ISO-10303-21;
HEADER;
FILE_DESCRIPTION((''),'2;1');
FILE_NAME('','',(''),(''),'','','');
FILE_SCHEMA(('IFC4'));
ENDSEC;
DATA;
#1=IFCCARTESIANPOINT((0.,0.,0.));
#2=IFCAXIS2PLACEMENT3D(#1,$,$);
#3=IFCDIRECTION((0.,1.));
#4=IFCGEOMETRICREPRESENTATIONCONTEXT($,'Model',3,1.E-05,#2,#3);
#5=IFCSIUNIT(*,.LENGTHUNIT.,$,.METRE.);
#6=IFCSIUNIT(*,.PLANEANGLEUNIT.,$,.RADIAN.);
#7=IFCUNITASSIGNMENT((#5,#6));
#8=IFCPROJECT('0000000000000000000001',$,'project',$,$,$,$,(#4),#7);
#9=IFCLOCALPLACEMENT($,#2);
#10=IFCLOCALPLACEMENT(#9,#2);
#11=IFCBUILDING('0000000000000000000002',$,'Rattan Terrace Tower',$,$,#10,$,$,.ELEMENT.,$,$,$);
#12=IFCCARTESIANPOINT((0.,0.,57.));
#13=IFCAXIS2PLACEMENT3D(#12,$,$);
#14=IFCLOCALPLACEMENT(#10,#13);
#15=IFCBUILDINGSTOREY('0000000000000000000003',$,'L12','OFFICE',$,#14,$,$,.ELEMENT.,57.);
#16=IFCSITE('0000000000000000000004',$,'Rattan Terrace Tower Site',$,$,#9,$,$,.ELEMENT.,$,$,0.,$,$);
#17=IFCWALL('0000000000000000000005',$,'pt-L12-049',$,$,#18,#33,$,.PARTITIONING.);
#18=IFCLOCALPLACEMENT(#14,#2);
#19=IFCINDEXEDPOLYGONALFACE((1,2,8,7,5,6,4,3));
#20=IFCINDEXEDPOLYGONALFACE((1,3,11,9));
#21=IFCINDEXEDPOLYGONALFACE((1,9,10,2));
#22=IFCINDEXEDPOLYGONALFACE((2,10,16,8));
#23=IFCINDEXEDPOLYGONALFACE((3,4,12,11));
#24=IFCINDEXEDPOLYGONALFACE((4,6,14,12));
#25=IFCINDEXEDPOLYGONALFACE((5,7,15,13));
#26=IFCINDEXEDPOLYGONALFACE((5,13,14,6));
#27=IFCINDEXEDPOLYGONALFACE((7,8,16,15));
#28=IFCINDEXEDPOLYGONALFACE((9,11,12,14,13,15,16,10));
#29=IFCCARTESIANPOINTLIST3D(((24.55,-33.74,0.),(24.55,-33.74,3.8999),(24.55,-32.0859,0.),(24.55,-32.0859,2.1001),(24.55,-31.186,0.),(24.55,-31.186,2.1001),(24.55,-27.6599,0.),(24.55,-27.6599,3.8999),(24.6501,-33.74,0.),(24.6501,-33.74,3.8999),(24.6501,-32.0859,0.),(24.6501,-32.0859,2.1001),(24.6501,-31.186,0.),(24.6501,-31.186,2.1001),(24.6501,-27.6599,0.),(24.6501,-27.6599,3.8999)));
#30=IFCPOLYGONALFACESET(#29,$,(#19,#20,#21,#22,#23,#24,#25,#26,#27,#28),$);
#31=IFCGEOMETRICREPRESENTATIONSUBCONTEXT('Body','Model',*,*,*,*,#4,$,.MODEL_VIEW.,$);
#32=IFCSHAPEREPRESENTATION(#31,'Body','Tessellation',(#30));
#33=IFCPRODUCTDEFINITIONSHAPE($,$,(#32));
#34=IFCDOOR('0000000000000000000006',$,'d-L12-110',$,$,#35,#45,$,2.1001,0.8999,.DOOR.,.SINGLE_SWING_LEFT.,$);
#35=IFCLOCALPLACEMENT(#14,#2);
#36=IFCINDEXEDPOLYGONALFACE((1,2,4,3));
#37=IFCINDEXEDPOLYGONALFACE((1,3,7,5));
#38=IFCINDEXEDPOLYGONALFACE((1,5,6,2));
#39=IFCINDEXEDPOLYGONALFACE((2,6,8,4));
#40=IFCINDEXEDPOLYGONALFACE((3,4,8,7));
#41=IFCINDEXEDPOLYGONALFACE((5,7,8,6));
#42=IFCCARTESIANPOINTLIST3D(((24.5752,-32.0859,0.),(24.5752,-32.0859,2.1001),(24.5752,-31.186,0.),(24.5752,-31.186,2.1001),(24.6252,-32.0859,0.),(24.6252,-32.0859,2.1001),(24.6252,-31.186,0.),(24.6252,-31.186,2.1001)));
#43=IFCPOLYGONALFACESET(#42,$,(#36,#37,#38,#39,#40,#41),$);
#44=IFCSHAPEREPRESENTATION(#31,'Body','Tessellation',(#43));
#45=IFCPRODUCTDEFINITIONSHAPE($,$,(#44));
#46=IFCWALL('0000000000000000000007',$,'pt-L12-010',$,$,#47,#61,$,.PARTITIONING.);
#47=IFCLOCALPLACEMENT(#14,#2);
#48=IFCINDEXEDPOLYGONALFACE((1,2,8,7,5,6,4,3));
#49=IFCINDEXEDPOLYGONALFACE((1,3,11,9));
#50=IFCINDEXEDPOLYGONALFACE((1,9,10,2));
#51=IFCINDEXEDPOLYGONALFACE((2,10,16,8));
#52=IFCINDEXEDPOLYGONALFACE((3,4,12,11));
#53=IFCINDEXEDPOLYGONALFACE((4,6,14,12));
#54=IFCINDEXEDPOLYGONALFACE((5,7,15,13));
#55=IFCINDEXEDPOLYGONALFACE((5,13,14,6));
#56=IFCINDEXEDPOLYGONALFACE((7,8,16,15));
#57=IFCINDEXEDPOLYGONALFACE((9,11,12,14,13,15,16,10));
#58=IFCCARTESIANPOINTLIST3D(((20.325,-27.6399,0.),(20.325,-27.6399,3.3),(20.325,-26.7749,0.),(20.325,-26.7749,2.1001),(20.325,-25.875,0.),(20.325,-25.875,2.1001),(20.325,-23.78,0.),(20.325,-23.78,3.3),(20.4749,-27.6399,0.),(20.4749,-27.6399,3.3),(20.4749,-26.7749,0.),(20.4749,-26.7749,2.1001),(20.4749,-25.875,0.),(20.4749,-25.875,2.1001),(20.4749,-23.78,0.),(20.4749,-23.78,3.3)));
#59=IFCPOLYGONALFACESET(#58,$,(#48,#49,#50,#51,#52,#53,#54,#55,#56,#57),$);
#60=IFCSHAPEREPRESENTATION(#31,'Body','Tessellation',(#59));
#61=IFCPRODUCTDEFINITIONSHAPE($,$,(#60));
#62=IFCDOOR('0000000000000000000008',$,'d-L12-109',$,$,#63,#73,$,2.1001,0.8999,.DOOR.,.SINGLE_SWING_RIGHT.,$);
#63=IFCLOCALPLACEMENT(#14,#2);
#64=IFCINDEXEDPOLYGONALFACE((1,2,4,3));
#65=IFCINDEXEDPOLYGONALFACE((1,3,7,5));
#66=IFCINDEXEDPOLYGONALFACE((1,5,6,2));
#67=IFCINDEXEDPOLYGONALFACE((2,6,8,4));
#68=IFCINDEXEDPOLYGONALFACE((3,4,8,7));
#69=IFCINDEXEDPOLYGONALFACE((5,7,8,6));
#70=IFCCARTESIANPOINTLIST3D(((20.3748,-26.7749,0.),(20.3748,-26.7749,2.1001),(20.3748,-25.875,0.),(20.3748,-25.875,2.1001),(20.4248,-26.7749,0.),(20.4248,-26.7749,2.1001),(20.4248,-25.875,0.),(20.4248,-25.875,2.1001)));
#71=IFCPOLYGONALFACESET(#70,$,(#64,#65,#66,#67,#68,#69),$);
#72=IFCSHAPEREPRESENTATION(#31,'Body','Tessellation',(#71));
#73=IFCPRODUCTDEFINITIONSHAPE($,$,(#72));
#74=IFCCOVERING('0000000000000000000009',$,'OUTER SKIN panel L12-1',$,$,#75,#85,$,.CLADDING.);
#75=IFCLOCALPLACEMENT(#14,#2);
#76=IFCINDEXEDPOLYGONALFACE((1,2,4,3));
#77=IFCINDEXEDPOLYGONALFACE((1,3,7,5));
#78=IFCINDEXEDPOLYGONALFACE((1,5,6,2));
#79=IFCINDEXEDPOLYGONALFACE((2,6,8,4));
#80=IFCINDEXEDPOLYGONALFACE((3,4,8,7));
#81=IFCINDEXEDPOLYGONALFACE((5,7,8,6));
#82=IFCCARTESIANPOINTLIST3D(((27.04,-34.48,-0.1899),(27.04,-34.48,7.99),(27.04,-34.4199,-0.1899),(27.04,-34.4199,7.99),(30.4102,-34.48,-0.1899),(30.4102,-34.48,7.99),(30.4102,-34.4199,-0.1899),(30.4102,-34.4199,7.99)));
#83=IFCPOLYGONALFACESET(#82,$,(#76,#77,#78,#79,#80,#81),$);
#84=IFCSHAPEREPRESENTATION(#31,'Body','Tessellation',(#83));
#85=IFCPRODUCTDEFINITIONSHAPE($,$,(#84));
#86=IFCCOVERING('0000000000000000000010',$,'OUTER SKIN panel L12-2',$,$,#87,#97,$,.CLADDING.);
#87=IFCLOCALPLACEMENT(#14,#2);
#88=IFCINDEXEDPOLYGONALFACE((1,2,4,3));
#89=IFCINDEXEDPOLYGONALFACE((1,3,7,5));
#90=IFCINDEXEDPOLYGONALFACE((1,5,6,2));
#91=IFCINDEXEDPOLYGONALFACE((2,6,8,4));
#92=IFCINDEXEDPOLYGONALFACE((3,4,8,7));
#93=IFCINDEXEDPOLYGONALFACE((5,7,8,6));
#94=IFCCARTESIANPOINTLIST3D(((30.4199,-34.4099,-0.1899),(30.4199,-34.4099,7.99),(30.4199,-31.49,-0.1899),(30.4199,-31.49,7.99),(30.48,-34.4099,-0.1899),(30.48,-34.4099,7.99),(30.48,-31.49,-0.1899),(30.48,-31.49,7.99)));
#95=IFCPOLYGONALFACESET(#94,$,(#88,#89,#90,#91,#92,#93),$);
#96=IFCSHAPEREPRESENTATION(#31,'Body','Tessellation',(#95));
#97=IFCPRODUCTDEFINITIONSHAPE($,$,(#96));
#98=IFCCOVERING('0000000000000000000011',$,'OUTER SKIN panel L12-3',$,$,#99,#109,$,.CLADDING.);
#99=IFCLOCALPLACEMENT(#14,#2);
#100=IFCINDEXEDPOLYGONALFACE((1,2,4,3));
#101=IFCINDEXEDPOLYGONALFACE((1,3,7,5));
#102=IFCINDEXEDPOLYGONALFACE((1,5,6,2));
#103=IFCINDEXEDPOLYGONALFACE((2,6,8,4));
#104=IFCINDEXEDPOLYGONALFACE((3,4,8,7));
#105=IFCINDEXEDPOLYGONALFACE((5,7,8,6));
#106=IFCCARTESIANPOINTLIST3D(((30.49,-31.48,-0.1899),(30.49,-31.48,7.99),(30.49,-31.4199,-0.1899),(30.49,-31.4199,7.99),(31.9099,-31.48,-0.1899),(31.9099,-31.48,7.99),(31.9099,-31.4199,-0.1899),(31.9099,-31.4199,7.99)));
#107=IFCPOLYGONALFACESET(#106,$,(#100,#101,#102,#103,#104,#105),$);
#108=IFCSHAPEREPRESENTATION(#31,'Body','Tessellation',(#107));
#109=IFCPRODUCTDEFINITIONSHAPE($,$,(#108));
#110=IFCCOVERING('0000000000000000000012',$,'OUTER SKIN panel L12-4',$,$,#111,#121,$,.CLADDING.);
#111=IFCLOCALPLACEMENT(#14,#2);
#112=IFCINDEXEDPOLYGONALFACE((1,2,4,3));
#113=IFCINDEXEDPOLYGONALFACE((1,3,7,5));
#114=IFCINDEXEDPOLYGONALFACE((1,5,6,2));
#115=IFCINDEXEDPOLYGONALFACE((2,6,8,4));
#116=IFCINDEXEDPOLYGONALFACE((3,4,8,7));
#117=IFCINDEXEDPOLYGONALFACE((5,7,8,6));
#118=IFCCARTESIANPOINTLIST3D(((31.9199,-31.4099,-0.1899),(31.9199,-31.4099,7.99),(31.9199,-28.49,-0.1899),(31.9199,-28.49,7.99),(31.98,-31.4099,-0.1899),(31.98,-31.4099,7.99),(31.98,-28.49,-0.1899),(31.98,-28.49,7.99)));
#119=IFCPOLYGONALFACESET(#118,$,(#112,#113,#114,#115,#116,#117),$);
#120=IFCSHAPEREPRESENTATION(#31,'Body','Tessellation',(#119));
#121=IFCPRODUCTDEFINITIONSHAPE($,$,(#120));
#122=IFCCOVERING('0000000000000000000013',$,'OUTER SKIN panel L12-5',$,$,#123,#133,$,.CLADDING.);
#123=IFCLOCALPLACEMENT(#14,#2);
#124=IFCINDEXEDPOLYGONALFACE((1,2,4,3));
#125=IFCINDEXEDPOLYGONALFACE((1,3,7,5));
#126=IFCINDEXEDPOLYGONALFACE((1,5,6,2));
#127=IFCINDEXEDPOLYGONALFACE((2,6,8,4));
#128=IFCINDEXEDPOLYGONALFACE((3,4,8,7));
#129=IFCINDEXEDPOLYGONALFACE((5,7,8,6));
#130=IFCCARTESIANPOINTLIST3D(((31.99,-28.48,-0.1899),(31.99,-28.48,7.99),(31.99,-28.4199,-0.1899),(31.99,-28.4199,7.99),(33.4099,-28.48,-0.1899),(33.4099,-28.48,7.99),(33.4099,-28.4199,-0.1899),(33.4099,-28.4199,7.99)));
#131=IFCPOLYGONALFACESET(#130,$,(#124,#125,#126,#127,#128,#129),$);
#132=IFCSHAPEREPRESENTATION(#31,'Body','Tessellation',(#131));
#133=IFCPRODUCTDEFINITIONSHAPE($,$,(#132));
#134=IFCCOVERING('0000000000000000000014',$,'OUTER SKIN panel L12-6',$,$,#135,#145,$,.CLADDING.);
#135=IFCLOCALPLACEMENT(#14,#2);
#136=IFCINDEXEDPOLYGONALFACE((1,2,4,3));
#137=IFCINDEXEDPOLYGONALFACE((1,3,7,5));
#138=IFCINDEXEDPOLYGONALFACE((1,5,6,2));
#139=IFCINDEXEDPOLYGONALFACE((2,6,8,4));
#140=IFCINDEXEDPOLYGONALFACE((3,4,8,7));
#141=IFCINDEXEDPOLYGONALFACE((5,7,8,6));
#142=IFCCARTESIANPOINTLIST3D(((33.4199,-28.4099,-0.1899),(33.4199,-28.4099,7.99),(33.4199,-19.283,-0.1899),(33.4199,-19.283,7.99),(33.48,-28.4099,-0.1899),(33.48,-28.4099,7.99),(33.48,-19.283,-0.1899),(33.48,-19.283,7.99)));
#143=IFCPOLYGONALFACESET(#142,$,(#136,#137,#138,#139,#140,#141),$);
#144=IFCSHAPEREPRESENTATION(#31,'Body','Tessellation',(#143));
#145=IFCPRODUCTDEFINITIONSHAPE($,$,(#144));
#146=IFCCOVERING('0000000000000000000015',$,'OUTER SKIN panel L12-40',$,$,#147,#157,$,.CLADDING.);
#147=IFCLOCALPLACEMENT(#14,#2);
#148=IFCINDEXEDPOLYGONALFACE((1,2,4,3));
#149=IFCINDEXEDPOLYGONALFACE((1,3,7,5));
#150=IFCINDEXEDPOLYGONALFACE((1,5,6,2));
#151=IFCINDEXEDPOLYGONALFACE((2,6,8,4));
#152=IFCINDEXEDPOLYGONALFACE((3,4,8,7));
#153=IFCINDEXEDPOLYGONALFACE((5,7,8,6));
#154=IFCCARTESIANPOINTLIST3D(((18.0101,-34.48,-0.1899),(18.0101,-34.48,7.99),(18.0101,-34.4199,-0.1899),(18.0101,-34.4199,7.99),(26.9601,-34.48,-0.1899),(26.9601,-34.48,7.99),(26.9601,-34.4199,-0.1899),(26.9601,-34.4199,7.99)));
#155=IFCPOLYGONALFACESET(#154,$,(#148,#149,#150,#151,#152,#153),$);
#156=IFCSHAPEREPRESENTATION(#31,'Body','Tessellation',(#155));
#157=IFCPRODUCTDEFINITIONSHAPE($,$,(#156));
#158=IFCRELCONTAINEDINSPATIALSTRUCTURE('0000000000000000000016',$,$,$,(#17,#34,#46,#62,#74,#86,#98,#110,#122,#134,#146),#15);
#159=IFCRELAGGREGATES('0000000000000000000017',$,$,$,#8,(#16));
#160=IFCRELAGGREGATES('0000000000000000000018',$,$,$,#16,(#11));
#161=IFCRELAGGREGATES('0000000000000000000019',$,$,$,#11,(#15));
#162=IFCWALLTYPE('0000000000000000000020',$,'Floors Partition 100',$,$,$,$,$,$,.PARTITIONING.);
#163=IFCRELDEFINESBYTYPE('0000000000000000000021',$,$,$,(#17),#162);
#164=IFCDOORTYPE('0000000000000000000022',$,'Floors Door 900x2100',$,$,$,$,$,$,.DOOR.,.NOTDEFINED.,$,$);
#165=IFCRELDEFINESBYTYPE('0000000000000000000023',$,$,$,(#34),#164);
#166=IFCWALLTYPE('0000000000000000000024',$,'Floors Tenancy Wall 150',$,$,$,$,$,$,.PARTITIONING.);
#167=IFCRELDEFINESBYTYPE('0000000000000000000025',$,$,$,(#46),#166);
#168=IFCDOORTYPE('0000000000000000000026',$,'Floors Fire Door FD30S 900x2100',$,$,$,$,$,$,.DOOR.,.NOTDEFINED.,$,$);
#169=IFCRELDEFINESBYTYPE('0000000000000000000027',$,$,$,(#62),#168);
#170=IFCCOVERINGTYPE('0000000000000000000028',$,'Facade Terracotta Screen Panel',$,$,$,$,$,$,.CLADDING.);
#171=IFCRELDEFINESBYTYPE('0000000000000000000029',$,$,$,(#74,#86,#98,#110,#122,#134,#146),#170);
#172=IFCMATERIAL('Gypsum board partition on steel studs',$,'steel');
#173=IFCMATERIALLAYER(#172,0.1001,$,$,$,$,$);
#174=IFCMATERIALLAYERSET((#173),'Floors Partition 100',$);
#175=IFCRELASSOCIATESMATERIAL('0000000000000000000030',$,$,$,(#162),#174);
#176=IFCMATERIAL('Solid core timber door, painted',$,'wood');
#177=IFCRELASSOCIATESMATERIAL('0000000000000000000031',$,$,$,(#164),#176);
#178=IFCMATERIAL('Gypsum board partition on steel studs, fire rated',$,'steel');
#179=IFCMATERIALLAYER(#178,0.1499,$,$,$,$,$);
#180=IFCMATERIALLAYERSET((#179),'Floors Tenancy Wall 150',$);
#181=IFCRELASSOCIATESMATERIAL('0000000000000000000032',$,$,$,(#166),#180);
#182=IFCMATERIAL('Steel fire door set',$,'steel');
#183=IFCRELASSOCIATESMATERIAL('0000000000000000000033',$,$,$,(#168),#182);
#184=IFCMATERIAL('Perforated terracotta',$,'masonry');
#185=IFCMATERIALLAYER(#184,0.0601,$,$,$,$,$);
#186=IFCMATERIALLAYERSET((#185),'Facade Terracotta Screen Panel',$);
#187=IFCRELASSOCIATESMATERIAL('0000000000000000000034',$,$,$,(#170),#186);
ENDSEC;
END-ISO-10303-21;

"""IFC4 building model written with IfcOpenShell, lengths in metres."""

from ifc_helpers import new_model, si_unit, direction, frame, frame_2d, origin, origin_2d, place, context, subcontext, project, spatial, rectangle, extrude, material, layer, layer_set, type_object, element, fill, save


model = new_model("IFC4")

# Units and contexts
model_context = context("Model", 3, precision=1e-05, world=origin(), true_north=direction((0.0, 1.0)))
body_context = subcontext(model_context, "Body", "Model", "MODEL_VIEW")
ifc_project = project(units=[si_unit("LENGTHUNIT", "METRE"), si_unit("PLANEANGLEUNIT", "RADIAN")], contexts=[model_context])

# Site, building, storey
site_placement = place(None, origin())
site = spatial("IfcSite", under=ifc_project, at=site_placement, Name="Rattan Terrace Tower Site", CompositionType="ELEMENT", RefElevation=0.0)
building_placement = place(site_placement, origin())
building = spatial("IfcBuilding", under=site, at=building_placement, Name="Rattan Terrace Tower", CompositionType="ELEMENT")
storey_placement = place(building_placement, frame((0.0, 0.0, 57.0)))
storey = spatial("IfcBuildingStorey", under=building, at=storey_placement, Name="L12", Description="OFFICE", CompositionType="ELEMENT", Elevation=57.0)

# Shared definitions
ifc_material_1 = material(Name="Gypsum board partition on steel studs", Category="steel")
ifc_layer_1 = layer(ifc_material_1, 0.1001)
ifc_layer_set_1 = layer_set([ifc_layer_1], Name="Floors Partition 100")
wall_type_1 = type_object("IfcWallType", Name="Floors Partition 100", PredefinedType="PARTITIONING", material=ifc_layer_set_1)

# Walls, openings, doors
wall_1_placement = place(storey_placement, frame((24.6001, -33.74, 0.0), z_axis=(0.0, 0.0, 1.0), x_axis=(0.0, 1.0, 0.0)))
wall_1 = element("IfcWall", 1, at=wall_1_placement, inside=storey, type_object=wall_type_1, Name="pt-L12-049", PredefinedType="PARTITIONING", context=body_context, shape_type="SweptSolid", body=[
    extrude(rectangle(XDim=6.0801, YDim=0.1001, at=frame_2d((3.04, 0.0))), origin(), (0.0, 0.0, 1.0), 3.8999),
])
opening_1_placement = place(wall_1_placement, frame((1.6541, 0.0, 0.0)))
opening_1 = element("IfcOpeningElement", 2, at=opening_1_placement, cuts=wall_1, PredefinedType="OPENING", context=body_context, shape_type="SweptSolid", body=[
    extrude(rectangle(XDim=0.8999, YDim=2.1001, at=frame_2d((0.45, 1.05))), frame((0.0, 0.0605, 0.0), z_axis=(0.0, -1.0, 0.0), x_axis=(1.0, 0.0, 0.0)), (0.0, 0.0, 1.0), 0.1211),
])
ifc_material_2 = material(Name="Solid core timber door, painted", Category="wood")
door_type_1 = type_object("IfcDoorType", Name="Floors Door 900x2100", OperationType="NOTDEFINED", PredefinedType="DOOR", material=ifc_material_2)
door_1_placement = place(opening_1_placement, origin())
door_1 = element("IfcDoor", 3, at=door_1_placement, inside=storey, type_object=door_type_1, Name="d-L12-110", OperationType="SINGLE_SWING_LEFT", OverallHeight=2.1001, OverallWidth=0.8999, PredefinedType="DOOR", context=body_context, shape_type="SweptSolid", body=[
    extrude(rectangle(XDim=0.8999, YDim=2.1001, at=frame_2d((0.45, 1.05))), frame((0.0, 0.0249, 0.0), z_axis=(0.0, -1.0, 0.0), x_axis=(1.0, 0.0, 0.0)), (0.0, 0.0, 1.0), 0.05),
])
fill(opening_1, door_1)
ifc_material_3 = material(Name="Gypsum board partition on steel studs, fire rated", Category="steel")
ifc_layer_2 = layer(ifc_material_3, 0.1499)
ifc_layer_set_2 = layer_set([ifc_layer_2], Name="Floors Tenancy Wall 150")
wall_type_2 = type_object("IfcWallType", Name="Floors Tenancy Wall 150", PredefinedType="PARTITIONING", material=ifc_layer_set_2)
wall_2_placement = place(storey_placement, frame((20.3999, -23.78, 0.0), z_axis=(0.0, 0.0, 1.0), x_axis=(0.0, -1.0, 0.0)))
wall_2 = element("IfcWall", 4, at=wall_2_placement, inside=storey, type_object=wall_type_2, Name="pt-L12-010", PredefinedType="PARTITIONING", context=body_context, shape_type="SweptSolid", body=[
    extrude(rectangle(XDim=3.8599, YDim=0.1499, at=frame_2d((1.9299, 0.0))), origin(), (0.0, 0.0, 1.0), 3.3),
])
opening_2_placement = place(wall_2_placement, frame((2.095, 0.0, 0.0)))
opening_2 = element("IfcOpeningElement", 5, at=opening_2_placement, cuts=wall_2, PredefinedType="OPENING", context=body_context, shape_type="SweptSolid", body=[
    extrude(rectangle(XDim=0.8999, YDim=2.1001, at=frame_2d((0.45, 1.05))), frame((0.0, 0.0854, 0.0), z_axis=(0.0, -1.0, 0.0), x_axis=(1.0, 0.0, 0.0)), (0.0, 0.0, 1.0), 0.1709),
])
ifc_material_4 = material(Name="Steel fire door set", Category="steel")
door_type_2 = type_object("IfcDoorType", Name="Floors Fire Door FD30S 900x2100", OperationType="NOTDEFINED", PredefinedType="DOOR", material=ifc_material_4)
door_2_placement = place(opening_2_placement, origin())
door_2 = element("IfcDoor", 6, at=door_2_placement, inside=storey, type_object=door_type_2, Name="d-L12-109", OperationType="SINGLE_SWING_RIGHT", OverallHeight=2.1001, OverallWidth=0.8999, PredefinedType="DOOR", context=body_context, shape_type="SweptSolid", body=[
    extrude(rectangle(XDim=0.8999, YDim=2.1001, at=frame_2d((0.45, 1.05))), frame((0.0, 0.0249, 0.0), z_axis=(0.0, -1.0, 0.0), x_axis=(1.0, 0.0, 0.0)), (0.0, 0.0, 1.0), 0.05),
])
fill(opening_2, door_2)

# Coverings
ifc_material_5 = material(Name="Perforated terracotta", Category="masonry")
ifc_layer_3 = layer(ifc_material_5, 0.0601)
ifc_layer_set_3 = layer_set([ifc_layer_3], Name="Facade Terracotta Screen Panel")
covering_type = type_object("IfcCoveringType", Name="Facade Terracotta Screen Panel", PredefinedType="CLADDING", material=ifc_layer_set_3)
covering_1_placement = place(storey_placement, frame((28.7251, -34.45, -0.1899), z_axis=(0.0, 0.0, 1.0), x_axis=(1.0, 0.0, 0.0)))
element("IfcCovering", 7, at=covering_1_placement, inside=storey, type_object=covering_type, Name="OUTER SKIN panel L12-1", PredefinedType="CLADDING", context=body_context, shape_type="SweptSolid", body=[
    extrude(rectangle(XDim=3.3701, YDim=0.0601, at=origin_2d()), origin(), (0.0, 0.0, 1.0), 8.1799),
])
covering_2_placement = place(storey_placement, frame((30.45, -32.95, -0.1899), z_axis=(0.0, 0.0, 1.0), x_axis=(0.0, 1.0, 0.0)))
element("IfcCovering", 8, at=covering_2_placement, inside=storey, type_object=covering_type, Name="OUTER SKIN panel L12-2", PredefinedType="CLADDING", context=body_context, shape_type="SweptSolid", body=[
    extrude(rectangle(XDim=2.9199, YDim=0.0601, at=origin_2d()), origin(), (0.0, 0.0, 1.0), 8.1799),
])
covering_3_placement = place(storey_placement, frame((31.2, -31.45, -0.1899), z_axis=(0.0, 0.0, 1.0), x_axis=(1.0, 0.0, 0.0)))
element("IfcCovering", 9, at=covering_3_placement, inside=storey, type_object=covering_type, Name="OUTER SKIN panel L12-3", PredefinedType="CLADDING", context=body_context, shape_type="SweptSolid", body=[
    extrude(rectangle(XDim=1.4199, YDim=0.0601, at=origin_2d()), origin(), (0.0, 0.0, 1.0), 8.1799),
])
covering_4_placement = place(storey_placement, frame((31.95, -29.95, -0.1899), z_axis=(0.0, 0.0, 1.0), x_axis=(0.0, 1.0, 0.0)))
element("IfcCovering", 10, at=covering_4_placement, inside=storey, type_object=covering_type, Name="OUTER SKIN panel L12-4", PredefinedType="CLADDING", context=body_context, shape_type="SweptSolid", body=[
    extrude(rectangle(XDim=2.9199, YDim=0.0601, at=origin_2d()), origin(), (0.0, 0.0, 1.0), 8.1799),
])
covering_5_placement = place(storey_placement, frame((32.7, -28.45, -0.1899), z_axis=(0.0, 0.0, 1.0), x_axis=(1.0, 0.0, 0.0)))
element("IfcCovering", 11, at=covering_5_placement, inside=storey, type_object=covering_type, Name="OUTER SKIN panel L12-5", PredefinedType="CLADDING", context=body_context, shape_type="SweptSolid", body=[
    extrude(rectangle(XDim=1.4199, YDim=0.0601, at=origin_2d()), origin(), (0.0, 0.0, 1.0), 8.1799),
])
covering_6_placement = place(storey_placement, frame((33.45, -23.8464, -0.1899), z_axis=(0.0, 0.0, 1.0), x_axis=(0.0, 1.0, 0.0)))
element("IfcCovering", 12, at=covering_6_placement, inside=storey, type_object=covering_type, Name="OUTER SKIN panel L12-6", PredefinedType="CLADDING", context=body_context, shape_type="SweptSolid", body=[
    extrude(rectangle(XDim=9.127, YDim=0.0601, at=origin_2d()), origin(), (0.0, 0.0, 1.0), 8.1799),
])
covering_7_placement = place(storey_placement, frame((22.4851, -34.45, -0.1899), z_axis=(0.0, 0.0, 1.0), x_axis=(1.0, 0.0, 0.0)))
element("IfcCovering", 13, at=covering_7_placement, inside=storey, type_object=covering_type, Name="OUTER SKIN panel L12-40", PredefinedType="CLADDING", context=body_context, shape_type="SweptSolid", body=[
    extrude(rectangle(XDim=8.95, YDim=0.0601, at=origin_2d()), origin(), (0.0, 0.0, 1.0), 8.1799),
])

save(model, "model.ifc")
